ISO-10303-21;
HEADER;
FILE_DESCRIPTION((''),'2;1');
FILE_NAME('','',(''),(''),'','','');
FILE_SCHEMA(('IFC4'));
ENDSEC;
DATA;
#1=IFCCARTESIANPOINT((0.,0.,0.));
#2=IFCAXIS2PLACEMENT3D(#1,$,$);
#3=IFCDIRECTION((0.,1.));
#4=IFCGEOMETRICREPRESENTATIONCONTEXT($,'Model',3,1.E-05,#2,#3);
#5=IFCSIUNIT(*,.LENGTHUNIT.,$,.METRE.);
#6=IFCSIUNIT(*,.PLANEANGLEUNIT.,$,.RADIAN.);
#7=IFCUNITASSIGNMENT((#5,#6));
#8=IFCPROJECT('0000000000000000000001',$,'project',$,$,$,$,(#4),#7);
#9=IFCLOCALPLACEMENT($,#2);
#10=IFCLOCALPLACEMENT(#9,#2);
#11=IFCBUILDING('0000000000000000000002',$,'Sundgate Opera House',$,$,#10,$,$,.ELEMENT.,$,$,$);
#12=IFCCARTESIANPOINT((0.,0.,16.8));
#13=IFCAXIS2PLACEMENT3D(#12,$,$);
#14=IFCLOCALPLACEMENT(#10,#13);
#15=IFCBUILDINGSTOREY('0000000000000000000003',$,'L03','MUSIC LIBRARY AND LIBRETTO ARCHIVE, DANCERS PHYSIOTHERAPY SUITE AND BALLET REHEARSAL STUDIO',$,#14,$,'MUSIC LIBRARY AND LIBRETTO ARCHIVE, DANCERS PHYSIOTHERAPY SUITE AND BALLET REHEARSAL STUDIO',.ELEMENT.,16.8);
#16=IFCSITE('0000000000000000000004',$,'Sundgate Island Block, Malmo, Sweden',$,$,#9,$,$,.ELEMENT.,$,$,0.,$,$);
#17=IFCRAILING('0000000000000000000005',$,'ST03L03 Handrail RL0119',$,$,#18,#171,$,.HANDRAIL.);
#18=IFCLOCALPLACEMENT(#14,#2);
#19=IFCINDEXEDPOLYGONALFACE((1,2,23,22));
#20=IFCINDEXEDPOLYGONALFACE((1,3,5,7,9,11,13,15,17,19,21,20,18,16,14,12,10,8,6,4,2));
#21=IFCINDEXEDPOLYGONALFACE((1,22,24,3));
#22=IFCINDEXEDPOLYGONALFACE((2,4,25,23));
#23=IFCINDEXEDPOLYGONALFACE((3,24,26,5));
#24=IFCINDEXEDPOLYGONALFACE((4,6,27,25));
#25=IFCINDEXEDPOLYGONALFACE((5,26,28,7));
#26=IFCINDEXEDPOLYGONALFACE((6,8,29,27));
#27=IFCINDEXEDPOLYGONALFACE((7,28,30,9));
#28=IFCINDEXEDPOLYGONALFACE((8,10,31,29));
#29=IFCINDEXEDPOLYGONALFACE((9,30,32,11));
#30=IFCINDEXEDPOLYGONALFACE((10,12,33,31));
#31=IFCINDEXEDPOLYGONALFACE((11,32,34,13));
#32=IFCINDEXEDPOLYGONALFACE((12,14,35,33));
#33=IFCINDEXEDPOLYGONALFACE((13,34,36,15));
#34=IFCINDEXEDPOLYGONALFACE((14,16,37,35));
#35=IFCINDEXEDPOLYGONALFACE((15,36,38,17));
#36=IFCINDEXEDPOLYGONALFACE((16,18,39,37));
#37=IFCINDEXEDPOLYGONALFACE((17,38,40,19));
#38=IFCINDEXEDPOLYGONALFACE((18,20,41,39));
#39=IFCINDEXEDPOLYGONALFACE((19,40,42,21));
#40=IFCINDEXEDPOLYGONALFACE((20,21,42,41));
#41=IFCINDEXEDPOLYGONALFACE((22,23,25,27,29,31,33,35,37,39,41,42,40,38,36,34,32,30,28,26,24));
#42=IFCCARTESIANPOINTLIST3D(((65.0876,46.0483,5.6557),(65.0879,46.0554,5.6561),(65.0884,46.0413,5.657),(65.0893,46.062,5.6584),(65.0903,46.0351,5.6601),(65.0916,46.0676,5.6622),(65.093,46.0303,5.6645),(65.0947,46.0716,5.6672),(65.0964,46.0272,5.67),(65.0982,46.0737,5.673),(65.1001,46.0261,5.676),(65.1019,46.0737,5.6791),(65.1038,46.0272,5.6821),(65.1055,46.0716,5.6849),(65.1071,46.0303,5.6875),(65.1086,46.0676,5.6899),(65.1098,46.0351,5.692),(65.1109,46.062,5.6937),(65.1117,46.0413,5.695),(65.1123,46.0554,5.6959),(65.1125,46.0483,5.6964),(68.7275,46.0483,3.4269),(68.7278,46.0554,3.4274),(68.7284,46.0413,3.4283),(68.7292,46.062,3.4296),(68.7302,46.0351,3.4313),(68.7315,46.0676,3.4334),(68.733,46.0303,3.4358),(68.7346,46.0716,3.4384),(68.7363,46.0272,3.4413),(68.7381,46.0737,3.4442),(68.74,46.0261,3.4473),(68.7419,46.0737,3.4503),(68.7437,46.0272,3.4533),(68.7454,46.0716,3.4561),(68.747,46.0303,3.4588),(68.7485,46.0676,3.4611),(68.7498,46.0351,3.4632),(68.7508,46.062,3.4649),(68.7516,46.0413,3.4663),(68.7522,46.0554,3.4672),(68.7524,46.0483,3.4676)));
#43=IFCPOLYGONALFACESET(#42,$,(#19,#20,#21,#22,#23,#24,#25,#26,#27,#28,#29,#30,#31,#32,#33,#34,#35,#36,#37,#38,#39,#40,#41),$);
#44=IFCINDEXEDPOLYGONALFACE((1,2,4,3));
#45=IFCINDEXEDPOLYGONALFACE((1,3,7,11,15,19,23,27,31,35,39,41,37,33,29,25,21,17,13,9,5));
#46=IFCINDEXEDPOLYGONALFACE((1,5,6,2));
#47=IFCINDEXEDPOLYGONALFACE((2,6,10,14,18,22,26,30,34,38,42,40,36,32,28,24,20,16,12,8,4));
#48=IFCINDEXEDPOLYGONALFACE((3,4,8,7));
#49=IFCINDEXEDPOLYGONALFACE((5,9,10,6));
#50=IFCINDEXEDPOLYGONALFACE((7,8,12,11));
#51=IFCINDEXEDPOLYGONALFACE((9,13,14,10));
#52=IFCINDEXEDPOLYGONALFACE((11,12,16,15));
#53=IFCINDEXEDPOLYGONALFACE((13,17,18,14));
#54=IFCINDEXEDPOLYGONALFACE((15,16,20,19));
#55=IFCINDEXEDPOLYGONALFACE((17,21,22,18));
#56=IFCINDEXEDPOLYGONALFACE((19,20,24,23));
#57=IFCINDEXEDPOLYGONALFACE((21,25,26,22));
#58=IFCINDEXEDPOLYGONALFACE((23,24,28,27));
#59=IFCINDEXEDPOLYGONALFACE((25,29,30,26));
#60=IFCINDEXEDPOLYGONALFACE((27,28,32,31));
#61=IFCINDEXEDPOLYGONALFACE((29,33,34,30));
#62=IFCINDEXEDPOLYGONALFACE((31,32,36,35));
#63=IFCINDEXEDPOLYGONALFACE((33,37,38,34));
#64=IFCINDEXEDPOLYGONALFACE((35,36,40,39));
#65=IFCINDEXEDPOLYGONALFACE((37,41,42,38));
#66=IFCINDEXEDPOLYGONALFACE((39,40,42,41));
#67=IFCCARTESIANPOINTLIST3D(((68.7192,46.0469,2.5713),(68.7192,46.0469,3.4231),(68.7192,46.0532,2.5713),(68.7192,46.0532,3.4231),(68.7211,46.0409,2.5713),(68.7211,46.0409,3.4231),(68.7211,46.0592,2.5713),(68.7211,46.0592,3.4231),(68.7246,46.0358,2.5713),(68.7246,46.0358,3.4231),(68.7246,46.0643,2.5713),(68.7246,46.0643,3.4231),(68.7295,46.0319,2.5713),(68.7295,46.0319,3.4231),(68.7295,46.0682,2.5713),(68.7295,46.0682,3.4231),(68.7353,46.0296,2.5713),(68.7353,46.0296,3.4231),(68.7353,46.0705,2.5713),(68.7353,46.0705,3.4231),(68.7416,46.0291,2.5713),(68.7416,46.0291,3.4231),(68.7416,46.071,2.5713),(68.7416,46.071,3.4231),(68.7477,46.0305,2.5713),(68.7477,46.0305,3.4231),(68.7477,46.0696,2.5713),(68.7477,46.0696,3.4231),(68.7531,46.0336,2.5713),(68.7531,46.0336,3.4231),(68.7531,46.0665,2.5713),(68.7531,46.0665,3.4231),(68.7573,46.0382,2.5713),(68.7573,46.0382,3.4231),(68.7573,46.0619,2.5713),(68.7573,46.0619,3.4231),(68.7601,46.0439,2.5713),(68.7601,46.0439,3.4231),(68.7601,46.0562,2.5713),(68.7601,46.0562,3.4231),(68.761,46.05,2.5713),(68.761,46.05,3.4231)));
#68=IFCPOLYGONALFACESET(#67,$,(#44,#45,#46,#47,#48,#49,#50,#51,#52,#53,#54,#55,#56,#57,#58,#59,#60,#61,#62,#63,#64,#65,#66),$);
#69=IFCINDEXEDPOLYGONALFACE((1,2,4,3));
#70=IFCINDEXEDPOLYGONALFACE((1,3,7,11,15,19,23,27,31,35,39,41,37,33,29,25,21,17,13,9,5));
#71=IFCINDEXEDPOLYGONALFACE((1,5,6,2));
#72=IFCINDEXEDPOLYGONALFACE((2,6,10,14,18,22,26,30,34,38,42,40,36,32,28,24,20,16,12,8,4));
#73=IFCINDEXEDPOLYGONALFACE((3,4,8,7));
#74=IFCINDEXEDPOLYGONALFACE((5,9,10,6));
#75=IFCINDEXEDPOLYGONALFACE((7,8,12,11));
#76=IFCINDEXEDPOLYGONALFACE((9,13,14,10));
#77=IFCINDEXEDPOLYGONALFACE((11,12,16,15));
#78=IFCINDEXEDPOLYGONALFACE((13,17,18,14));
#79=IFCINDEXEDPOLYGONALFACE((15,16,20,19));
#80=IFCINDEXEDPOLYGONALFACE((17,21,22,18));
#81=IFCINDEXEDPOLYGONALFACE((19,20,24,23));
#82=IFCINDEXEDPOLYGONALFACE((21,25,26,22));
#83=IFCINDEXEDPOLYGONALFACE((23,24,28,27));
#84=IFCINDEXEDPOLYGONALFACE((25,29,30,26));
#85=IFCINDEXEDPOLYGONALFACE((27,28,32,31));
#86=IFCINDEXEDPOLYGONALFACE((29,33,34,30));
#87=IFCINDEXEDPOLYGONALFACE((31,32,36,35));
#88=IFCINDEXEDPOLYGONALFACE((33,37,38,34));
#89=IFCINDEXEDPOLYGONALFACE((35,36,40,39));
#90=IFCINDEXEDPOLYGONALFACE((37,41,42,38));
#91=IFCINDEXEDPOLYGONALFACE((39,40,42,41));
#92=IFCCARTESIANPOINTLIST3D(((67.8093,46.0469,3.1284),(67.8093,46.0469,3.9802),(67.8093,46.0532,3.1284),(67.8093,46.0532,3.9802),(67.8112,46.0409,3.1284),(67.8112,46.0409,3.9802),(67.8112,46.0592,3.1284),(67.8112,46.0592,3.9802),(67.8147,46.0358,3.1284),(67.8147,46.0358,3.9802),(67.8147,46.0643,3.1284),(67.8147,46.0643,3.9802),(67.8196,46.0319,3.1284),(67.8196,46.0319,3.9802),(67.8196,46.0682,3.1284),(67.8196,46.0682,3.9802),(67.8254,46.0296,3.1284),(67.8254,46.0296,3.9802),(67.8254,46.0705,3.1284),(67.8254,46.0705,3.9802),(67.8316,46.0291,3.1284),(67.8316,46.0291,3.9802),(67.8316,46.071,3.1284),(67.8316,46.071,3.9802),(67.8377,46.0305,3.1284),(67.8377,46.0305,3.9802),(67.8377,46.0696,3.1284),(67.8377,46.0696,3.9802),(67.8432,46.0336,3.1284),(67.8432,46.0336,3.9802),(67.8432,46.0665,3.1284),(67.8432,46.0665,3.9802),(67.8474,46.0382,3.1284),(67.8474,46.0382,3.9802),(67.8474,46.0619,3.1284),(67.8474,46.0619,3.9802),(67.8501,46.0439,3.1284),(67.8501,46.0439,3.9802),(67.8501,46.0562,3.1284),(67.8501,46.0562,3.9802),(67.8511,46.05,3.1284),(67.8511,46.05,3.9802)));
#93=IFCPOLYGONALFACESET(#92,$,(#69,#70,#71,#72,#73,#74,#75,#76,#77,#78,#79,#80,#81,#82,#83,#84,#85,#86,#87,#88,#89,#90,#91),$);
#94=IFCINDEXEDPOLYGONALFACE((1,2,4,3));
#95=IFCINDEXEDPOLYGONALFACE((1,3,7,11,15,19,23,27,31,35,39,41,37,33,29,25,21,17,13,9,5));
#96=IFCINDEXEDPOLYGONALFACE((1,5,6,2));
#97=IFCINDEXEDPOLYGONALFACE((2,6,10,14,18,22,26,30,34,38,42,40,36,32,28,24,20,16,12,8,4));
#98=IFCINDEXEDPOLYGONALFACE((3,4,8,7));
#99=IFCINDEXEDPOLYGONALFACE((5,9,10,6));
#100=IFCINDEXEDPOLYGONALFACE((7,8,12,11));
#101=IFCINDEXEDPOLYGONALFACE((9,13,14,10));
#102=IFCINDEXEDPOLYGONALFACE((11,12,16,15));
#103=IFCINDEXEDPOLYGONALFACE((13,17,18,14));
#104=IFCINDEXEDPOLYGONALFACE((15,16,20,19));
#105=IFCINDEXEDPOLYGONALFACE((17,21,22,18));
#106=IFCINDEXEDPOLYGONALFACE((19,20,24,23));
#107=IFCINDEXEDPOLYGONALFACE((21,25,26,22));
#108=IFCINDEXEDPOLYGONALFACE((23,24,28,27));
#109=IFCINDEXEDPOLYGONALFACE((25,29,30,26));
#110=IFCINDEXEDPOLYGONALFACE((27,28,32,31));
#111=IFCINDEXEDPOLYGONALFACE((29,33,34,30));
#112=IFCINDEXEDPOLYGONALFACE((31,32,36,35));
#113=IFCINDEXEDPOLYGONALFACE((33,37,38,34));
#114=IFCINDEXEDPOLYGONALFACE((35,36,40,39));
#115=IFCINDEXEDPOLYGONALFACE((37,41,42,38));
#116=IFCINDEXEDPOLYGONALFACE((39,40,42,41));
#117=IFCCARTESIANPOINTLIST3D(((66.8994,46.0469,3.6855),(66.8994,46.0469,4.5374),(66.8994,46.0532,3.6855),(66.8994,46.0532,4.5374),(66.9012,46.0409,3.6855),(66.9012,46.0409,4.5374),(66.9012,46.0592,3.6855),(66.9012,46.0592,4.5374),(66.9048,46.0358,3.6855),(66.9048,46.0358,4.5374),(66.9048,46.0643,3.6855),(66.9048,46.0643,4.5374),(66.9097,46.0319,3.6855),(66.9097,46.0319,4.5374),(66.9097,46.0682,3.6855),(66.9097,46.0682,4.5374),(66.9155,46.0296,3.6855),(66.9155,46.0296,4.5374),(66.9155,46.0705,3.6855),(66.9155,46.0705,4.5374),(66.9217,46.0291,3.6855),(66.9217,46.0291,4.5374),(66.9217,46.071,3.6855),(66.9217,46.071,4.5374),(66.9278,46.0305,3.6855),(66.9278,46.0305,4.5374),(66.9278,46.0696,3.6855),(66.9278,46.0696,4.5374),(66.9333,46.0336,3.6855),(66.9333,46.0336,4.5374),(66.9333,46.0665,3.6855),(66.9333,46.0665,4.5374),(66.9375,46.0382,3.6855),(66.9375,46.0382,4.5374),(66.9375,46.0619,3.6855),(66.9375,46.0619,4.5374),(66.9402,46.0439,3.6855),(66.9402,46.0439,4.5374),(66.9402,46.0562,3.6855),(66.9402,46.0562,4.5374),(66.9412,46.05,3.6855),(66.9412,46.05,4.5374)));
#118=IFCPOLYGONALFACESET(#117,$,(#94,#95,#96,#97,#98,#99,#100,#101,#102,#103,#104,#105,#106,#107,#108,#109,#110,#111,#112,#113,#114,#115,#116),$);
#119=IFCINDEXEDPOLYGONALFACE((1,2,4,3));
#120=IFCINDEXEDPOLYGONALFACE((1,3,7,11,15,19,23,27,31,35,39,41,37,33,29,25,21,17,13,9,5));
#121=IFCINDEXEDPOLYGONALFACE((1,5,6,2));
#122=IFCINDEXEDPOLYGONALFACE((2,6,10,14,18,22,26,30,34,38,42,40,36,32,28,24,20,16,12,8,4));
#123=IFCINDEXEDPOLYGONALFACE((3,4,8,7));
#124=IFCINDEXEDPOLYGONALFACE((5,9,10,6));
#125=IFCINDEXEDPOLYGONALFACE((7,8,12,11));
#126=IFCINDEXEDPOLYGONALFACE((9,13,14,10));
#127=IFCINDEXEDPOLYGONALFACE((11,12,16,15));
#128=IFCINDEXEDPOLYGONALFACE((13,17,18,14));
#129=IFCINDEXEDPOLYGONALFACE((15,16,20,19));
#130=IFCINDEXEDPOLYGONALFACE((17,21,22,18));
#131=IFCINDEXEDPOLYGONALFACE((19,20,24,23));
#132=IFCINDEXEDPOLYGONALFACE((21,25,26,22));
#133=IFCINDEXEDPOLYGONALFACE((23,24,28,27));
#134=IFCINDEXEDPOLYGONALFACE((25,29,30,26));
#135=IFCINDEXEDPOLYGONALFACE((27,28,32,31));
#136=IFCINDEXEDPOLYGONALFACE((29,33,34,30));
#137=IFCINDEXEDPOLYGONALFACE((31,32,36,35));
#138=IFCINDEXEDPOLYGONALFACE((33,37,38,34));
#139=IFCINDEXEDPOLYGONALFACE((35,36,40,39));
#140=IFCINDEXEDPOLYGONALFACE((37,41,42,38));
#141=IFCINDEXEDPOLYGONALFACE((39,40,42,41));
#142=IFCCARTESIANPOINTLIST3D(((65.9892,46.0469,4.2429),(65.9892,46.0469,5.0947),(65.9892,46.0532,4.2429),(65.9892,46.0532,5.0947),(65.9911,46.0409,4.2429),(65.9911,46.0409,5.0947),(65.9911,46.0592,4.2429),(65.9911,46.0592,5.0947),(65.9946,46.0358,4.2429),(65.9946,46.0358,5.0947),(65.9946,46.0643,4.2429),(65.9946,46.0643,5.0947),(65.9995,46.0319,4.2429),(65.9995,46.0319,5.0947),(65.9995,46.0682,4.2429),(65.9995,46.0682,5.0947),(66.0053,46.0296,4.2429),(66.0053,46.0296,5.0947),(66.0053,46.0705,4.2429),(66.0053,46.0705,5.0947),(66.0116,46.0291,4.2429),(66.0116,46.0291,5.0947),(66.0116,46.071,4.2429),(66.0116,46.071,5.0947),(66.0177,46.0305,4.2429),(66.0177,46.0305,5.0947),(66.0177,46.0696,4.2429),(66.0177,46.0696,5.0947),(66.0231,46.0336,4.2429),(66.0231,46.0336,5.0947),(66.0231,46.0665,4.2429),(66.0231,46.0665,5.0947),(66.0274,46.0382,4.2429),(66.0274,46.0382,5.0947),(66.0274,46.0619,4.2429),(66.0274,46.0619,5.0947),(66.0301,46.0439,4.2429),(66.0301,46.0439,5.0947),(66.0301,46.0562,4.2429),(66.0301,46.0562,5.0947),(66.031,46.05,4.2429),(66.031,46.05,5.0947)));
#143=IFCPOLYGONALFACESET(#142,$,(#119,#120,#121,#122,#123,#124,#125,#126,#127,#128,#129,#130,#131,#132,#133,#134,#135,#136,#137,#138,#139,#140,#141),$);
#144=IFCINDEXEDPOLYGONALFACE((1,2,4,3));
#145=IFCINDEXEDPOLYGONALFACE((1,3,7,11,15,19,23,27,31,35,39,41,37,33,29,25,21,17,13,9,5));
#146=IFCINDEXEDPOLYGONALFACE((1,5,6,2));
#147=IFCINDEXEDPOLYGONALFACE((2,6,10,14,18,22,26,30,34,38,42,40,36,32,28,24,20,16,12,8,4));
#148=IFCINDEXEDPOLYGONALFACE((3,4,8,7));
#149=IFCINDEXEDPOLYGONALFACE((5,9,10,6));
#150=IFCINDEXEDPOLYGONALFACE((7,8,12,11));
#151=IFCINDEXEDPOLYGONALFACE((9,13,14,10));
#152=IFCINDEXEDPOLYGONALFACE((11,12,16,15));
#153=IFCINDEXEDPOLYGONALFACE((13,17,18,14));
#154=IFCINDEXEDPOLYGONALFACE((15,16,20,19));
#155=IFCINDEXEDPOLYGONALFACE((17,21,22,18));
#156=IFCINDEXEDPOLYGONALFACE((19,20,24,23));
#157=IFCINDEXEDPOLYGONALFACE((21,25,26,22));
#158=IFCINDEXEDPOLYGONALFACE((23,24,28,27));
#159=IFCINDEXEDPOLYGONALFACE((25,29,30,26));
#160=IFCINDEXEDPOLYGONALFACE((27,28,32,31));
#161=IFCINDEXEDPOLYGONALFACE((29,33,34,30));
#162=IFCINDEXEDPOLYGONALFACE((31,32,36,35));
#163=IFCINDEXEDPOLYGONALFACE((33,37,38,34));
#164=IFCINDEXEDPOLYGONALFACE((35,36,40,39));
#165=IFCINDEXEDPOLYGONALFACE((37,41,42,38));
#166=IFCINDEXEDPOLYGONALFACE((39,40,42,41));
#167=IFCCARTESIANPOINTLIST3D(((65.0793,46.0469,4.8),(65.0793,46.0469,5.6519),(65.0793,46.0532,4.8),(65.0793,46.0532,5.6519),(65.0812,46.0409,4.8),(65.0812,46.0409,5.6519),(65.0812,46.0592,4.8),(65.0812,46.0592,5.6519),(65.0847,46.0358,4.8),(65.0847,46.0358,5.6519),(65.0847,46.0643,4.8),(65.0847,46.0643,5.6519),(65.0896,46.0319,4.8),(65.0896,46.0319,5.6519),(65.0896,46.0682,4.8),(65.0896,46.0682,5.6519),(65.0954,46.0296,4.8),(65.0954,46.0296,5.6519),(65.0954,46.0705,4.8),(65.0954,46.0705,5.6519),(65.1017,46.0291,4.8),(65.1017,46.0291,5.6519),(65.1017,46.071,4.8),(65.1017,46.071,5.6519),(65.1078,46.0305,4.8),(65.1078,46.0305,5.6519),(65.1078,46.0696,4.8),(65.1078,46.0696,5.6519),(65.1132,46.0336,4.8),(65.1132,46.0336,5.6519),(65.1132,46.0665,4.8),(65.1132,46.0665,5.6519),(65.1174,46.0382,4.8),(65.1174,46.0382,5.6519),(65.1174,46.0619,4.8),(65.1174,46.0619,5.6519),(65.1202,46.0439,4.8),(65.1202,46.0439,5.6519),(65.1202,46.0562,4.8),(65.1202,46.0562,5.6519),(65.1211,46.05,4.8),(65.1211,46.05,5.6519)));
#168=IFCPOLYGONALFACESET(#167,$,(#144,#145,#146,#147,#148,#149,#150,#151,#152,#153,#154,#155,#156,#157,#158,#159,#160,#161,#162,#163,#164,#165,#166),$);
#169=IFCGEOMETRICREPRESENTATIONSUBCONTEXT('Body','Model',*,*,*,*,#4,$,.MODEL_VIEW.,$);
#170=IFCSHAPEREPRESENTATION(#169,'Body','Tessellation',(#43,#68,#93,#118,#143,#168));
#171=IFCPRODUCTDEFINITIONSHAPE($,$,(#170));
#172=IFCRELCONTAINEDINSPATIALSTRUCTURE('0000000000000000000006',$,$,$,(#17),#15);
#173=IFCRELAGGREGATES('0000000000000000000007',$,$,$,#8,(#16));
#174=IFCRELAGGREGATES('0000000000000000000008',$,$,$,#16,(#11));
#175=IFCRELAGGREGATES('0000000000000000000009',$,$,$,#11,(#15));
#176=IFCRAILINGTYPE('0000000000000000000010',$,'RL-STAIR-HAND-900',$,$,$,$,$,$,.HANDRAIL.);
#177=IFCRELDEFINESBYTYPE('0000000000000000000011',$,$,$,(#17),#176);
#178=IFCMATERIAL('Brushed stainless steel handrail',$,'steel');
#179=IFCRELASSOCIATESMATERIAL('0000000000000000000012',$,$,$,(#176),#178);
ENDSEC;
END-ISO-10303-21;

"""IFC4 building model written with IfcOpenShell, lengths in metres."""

from ifc_helpers import new_model, si_unit, direction, frame, origin, origin_2d, place, context, subcontext, project, spatial, circle, extrude, material, type_object, element, save


model = new_model("IFC4")

# Units and contexts
model_context = context("Model", 3, precision=1e-05, world=origin(), true_north=direction((0.0, 1.0)))
body_context = subcontext(model_context, "Body", "Model", "MODEL_VIEW")
ifc_project = project(units=[si_unit("LENGTHUNIT", "METRE"), si_unit("PLANEANGLEUNIT", "RADIAN")], contexts=[model_context])

# Site, building, storey
site_placement = place(None, origin())
site = spatial("IfcSite", under=ifc_project, at=site_placement, Name="Sundgate Island Block, Malmo, Sweden", CompositionType="ELEMENT", RefElevation=0.0)
building_placement = place(site_placement, origin())
building = spatial("IfcBuilding", under=site, at=building_placement, Name="Sundgate Opera House", CompositionType="ELEMENT")
storey_placement = place(building_placement, frame((0.0, 0.0, 16.8)))
storey = spatial("IfcBuildingStorey", under=building, at=storey_placement, Name="L03", Description="MUSIC LIBRARY AND LIBRETTO ARCHIVE, DANCERS PHYSIOTHERAPY SUITE AND BALLET REHEARSAL STUDIO", LongName="MUSIC LIBRARY AND LIBRETTO ARCHIVE, DANCERS PHYSIOTHERAPY SUITE AND BALLET REHEARSAL STUDIO", CompositionType="ELEMENT", Elevation=16.8)

# Railing
ifc_material_1 = material(Name="Brushed stainless steel handrail", Category="steel")
railing_type_1 = type_object("IfcRailingType", Name="RL-STAIR-HAND-900", PredefinedType="HANDRAIL", material=ifc_material_1)
railing_1_placement = place(storey_placement, frame((68.74, 46.05, 2.5713)))
element("IfcRailing", 1, at=railing_1_placement, inside=storey, type_object=railing_type_1, Name="ST03L03 Handrail RL0119", PredefinedType="HANDRAIL", context=body_context, shape_type="SweptSolid", body=[
    extrude(circle(Radius=0.0239, at=origin_2d()), frame((0.0, 0.0, 0.876), z_axis=(-0.852825, 0.0, 0.522197), x_axis=(0.0, -1.0, 0.0)), (0.0, 0.0, 1.0), 4.2681),
    extrude(circle(Radius=0.021, at=origin_2d()), origin(), (0.0, 0.0, 1.0), 0.8518),
    extrude(circle(Radius=0.021, at=origin_2d()), frame((-0.9099, 0.0, 0.5571)), (0.0, 0.0, 1.0), 0.8518),
    extrude(circle(Radius=0.021, at=origin_2d()), frame((-1.8198, 0.0, 1.1143)), (0.0, 0.0, 1.0), 0.8518),
    extrude(circle(Radius=0.021, at=origin_2d()), frame((-2.73, 0.0, 1.6716)), (0.0, 0.0, 1.0), 0.8518),
    extrude(circle(Radius=0.021, at=origin_2d()), frame((-3.6399, 0.0, 2.2288)), (0.0, 0.0, 1.0), 0.8518),
])

save(model, "model.ifc")
